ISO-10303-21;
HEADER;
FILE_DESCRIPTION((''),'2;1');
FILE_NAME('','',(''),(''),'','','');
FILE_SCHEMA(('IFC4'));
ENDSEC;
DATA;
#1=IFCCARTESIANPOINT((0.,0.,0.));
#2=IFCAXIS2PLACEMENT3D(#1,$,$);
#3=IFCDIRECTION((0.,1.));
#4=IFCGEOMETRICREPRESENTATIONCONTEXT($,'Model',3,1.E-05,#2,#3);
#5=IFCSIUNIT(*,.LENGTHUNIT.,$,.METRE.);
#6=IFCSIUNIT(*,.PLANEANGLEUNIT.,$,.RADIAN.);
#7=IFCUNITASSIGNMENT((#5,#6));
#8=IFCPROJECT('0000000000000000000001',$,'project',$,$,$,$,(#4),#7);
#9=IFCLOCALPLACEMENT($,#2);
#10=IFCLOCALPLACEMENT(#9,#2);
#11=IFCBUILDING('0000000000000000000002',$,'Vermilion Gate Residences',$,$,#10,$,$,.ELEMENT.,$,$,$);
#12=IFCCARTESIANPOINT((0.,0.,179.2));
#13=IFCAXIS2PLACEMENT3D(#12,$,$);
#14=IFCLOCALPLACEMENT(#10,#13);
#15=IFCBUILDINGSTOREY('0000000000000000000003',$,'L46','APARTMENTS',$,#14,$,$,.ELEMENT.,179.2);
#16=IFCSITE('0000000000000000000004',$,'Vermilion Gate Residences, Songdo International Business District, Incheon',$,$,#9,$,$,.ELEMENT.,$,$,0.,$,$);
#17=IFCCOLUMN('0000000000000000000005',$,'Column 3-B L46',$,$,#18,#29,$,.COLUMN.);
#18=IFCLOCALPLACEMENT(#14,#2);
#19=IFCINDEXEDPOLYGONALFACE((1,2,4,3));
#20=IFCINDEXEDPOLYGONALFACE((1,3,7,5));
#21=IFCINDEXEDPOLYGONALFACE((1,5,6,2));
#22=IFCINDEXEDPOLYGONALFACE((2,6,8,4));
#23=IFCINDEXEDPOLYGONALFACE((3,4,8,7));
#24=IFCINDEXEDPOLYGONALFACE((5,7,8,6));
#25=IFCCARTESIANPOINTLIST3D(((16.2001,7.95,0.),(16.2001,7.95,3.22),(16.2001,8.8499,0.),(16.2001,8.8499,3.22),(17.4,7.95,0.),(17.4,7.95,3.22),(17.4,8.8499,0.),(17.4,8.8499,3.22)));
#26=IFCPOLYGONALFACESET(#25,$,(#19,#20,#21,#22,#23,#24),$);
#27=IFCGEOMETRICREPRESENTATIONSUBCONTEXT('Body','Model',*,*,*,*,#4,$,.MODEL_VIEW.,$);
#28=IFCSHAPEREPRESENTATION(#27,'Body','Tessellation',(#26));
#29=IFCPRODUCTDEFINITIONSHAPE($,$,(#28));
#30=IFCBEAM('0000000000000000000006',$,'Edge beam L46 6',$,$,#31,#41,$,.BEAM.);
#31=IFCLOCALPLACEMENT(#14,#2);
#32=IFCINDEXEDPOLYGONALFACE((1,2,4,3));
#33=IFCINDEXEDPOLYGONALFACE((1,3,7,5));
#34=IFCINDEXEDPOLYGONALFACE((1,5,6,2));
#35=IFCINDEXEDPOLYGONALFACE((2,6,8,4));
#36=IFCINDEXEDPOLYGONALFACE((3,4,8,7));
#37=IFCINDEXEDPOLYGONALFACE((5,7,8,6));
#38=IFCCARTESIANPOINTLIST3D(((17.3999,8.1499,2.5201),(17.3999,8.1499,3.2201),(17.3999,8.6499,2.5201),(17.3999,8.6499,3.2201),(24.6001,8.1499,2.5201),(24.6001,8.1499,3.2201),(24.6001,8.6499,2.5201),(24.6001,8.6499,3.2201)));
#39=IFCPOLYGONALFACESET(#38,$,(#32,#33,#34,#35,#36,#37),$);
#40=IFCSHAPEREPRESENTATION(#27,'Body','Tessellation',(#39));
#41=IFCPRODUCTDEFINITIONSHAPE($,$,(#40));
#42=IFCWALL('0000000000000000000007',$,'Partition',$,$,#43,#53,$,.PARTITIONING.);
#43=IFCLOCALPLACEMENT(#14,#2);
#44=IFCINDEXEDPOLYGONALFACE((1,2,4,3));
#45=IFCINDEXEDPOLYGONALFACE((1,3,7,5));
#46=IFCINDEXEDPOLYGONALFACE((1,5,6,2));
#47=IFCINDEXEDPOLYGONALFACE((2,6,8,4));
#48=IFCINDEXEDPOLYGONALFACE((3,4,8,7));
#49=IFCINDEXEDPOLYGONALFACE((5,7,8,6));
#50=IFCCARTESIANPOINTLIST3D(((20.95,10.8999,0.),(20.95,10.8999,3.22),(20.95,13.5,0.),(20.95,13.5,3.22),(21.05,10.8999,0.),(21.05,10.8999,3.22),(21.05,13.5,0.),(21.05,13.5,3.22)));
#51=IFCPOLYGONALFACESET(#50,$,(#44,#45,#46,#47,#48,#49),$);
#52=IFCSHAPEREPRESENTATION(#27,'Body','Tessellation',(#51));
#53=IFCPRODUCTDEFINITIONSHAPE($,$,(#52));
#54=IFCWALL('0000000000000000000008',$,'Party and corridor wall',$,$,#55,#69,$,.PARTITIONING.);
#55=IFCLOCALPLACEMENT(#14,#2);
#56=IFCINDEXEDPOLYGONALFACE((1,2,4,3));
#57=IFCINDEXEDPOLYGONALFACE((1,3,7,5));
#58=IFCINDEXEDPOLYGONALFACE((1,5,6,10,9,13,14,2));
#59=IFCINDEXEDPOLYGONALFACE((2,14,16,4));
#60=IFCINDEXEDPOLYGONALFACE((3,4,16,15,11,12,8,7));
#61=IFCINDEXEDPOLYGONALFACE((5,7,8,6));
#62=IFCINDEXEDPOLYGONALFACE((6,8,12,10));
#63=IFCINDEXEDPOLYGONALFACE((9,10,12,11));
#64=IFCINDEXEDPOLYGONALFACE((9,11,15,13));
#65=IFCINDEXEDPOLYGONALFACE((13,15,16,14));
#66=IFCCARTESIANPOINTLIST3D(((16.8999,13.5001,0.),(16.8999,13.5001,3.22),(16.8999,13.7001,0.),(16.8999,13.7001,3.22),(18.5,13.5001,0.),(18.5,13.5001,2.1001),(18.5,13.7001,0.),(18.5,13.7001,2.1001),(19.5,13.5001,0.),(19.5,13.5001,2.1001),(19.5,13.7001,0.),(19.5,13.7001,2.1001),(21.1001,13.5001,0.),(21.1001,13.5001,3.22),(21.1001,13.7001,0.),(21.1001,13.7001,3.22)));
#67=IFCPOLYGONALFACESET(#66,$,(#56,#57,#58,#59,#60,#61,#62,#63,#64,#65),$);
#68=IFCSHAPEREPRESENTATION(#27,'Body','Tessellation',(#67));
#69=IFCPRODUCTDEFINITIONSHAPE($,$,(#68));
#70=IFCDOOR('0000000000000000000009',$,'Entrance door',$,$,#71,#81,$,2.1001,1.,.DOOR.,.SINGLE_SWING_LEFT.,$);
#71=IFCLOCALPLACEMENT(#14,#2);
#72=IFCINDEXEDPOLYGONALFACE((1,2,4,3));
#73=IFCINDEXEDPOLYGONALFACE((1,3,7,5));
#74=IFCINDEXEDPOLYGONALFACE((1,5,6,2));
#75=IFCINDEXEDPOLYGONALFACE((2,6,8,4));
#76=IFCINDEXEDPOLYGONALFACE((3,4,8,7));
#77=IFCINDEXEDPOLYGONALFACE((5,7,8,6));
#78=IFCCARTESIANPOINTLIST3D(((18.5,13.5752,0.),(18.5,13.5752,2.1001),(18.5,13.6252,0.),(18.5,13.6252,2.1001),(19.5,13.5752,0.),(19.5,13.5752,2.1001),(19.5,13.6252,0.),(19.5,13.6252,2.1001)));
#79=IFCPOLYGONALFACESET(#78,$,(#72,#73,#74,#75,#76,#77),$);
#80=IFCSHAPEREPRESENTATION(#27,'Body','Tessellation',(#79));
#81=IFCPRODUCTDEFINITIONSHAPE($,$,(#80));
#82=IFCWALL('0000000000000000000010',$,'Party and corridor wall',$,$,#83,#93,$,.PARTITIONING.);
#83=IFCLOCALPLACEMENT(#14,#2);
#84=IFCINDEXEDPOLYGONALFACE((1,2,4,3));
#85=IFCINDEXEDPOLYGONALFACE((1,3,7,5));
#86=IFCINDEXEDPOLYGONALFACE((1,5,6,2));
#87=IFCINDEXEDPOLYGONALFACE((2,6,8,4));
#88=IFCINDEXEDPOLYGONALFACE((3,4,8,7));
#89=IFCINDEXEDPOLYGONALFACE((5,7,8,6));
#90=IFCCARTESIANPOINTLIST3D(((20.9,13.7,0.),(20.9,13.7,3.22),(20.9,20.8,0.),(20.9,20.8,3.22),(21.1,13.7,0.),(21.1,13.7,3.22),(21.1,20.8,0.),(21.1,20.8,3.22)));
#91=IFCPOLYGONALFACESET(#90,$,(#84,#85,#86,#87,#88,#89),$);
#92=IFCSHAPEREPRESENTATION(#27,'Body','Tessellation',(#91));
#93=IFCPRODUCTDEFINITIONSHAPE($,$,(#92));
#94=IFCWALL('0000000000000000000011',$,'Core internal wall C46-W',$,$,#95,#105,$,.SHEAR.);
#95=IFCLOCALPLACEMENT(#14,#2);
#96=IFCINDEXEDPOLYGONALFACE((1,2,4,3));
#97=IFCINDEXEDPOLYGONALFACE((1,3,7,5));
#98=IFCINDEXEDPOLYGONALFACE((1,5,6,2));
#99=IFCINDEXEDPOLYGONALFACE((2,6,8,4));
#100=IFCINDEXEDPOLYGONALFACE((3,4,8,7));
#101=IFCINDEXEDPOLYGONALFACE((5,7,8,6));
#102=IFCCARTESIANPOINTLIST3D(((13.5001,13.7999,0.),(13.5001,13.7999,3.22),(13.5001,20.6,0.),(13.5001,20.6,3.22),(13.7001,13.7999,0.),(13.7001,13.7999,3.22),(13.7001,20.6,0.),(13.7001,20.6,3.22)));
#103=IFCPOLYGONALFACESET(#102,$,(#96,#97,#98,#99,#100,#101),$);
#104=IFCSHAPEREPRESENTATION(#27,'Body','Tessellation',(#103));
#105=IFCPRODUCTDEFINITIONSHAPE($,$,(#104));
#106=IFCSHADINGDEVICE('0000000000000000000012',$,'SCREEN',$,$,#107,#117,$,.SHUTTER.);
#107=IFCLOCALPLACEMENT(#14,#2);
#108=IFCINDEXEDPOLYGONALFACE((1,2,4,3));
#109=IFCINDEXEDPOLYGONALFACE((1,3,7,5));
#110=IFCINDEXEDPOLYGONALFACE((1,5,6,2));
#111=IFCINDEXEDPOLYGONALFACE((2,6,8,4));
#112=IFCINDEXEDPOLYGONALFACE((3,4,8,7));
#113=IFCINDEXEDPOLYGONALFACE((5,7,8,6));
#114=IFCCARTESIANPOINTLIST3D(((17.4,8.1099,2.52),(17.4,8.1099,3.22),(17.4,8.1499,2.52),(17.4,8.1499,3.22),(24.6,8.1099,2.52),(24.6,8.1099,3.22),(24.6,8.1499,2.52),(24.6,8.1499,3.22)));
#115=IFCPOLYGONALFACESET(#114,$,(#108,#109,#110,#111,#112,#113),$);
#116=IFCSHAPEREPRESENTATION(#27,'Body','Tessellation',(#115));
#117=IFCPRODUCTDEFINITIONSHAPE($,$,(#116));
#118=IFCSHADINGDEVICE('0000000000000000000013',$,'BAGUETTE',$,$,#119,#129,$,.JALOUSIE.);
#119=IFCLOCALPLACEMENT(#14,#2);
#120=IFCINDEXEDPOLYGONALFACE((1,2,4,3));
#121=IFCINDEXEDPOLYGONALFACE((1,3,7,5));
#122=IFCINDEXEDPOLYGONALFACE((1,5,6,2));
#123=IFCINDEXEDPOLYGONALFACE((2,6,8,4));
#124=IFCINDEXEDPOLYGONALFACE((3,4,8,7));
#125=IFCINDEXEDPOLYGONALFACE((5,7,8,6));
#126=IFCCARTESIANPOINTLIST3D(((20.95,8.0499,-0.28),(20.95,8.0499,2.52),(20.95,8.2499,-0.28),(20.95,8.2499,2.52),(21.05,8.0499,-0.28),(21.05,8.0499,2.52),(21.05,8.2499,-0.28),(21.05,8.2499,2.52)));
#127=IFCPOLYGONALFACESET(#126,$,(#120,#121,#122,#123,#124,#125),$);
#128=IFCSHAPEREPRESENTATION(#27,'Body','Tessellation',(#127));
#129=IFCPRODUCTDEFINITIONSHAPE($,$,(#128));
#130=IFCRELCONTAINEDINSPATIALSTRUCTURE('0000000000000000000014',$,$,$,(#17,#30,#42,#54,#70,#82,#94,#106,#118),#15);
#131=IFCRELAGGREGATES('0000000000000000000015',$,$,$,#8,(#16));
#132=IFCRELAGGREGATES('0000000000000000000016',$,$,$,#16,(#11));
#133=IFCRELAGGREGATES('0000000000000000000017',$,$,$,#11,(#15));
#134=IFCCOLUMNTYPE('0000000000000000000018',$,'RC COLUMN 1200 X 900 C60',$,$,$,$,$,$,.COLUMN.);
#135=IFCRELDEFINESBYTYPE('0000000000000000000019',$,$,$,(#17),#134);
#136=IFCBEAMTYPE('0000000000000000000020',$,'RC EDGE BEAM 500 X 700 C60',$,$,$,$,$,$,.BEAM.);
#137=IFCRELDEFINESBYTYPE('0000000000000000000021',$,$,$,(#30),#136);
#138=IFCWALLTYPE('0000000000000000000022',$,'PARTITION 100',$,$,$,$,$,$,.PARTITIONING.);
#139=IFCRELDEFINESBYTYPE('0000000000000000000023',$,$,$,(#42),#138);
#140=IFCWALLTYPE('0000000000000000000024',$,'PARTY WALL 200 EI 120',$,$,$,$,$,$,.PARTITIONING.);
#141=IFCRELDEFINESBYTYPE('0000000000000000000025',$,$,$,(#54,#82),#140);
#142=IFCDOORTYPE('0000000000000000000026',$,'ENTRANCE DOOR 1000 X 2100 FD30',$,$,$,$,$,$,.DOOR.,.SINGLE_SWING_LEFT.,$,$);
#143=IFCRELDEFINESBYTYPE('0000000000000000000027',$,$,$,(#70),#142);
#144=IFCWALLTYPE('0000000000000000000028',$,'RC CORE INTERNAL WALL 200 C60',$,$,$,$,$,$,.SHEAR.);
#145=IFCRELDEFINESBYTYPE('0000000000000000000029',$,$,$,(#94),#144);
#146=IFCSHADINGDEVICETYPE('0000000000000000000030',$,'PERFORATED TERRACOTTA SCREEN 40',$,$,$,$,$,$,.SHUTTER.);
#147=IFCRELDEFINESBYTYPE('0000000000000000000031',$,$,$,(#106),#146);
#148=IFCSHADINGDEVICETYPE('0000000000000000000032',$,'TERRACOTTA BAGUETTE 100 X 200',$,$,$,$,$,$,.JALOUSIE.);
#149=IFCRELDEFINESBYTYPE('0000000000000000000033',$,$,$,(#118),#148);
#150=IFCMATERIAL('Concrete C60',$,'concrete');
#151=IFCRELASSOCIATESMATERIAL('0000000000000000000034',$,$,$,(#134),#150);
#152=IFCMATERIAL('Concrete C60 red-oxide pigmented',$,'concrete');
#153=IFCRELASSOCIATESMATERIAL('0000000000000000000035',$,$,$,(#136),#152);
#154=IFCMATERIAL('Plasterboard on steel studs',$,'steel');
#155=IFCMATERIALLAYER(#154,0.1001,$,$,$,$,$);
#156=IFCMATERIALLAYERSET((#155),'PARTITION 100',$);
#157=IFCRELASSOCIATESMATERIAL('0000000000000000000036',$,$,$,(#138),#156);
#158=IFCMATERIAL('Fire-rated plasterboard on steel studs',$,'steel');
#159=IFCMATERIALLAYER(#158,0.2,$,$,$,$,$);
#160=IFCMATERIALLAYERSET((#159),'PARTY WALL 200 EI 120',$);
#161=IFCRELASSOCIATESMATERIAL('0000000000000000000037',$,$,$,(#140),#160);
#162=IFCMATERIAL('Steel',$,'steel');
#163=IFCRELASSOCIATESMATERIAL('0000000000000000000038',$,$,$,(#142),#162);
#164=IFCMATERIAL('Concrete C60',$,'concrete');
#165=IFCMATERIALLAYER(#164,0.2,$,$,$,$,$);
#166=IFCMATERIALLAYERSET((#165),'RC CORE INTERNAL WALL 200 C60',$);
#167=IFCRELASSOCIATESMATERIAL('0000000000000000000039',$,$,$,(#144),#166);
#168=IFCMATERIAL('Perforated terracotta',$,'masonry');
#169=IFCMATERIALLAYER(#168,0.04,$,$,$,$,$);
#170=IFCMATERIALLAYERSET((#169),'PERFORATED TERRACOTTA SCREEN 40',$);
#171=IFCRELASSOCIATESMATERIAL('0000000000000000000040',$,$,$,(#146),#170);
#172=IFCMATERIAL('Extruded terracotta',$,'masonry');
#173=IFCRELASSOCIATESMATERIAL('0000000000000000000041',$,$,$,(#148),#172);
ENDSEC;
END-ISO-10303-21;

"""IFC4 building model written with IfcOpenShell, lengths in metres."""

from ifc_helpers import new_model, si_unit, direction, frame, frame_2d, origin, origin_2d, place, context, subcontext, project, spatial, rectangle, extrude, material, layer, layer_set, material_profile, profile_set, type_object, element, fill, save


model = new_model("IFC4")

# Units and contexts
model_context = context("Model", 3, precision=1e-05, world=origin(), true_north=direction((0.0, 1.0)))
body_context = subcontext(model_context, "Body", "Model", "MODEL_VIEW")
ifc_project = project(units=[si_unit("LENGTHUNIT", "METRE"), si_unit("PLANEANGLEUNIT", "RADIAN")], contexts=[model_context])

# Site, building, storey
site_placement = place(None, origin())
site = spatial("IfcSite", under=ifc_project, at=site_placement, Name="Vermilion Gate Residences, Songdo International Business District, Incheon", CompositionType="ELEMENT", RefElevation=0.0)
building_placement = place(site_placement, origin())
building = spatial("IfcBuilding", under=site, at=building_placement, Name="Vermilion Gate Residences", CompositionType="ELEMENT")
storey_placement = place(building_placement, frame((0.0, 0.0, 179.2)))
storey = spatial("IfcBuildingStorey", under=building, at=storey_placement, Name="L46", Description="APARTMENTS", CompositionType="ELEMENT", Elevation=179.2)

# Column
ifc_material_1 = material(Name="Concrete C60", Category="concrete")
ifc_material_profile_1 = material_profile(ifc_material_1, rectangle(XDim=1.2, YDim=0.8999, at=origin_2d()), Name="RC-1200x900")
ifc_profile_set_1 = profile_set([ifc_material_profile_1], Name="Concrete C60")
column_type = type_object("IfcColumnType", Name="RC COLUMN 1200 X 900 C60", PredefinedType="COLUMN", material=ifc_profile_set_1)
column_placement = place(storey_placement, frame((16.8, 8.3999, 0.0), z_axis=(0.0, 0.0, 1.0), x_axis=(1.0, 0.0, 0.0)))
element("IfcColumn", 1, at=column_placement, inside=storey, type_object=column_type, Name="Column 3-B L46", PredefinedType="COLUMN", context=body_context, shape_type="SweptSolid", body=[
    extrude(rectangle(XDim=1.2, YDim=0.8999, at=origin_2d()), origin(), (0.0, 0.0, 1.0), 3.22),
])

# Beam
ifc_material_2 = material(Name="Concrete C60 red-oxide pigmented", Category="concrete")
ifc_material_profile_2 = material_profile(ifc_material_2, rectangle(XDim=0.5, YDim=0.7, at=origin_2d()), Name="RC-500x700")
ifc_profile_set_2 = profile_set([ifc_material_profile_2], Name="Concrete C60 red-oxide pigmented")
beam_type = type_object("IfcBeamType", Name="RC EDGE BEAM 500 X 700 C60", PredefinedType="BEAM", material=ifc_profile_set_2)
beam_placement = place(storey_placement, frame((17.3999, 8.3999, 2.8701), z_axis=(1.0, 0.0, 0.0), x_axis=(0.0, 1.0, 0.0)))
element("IfcBeam", 2, at=beam_placement, inside=storey, type_object=beam_type, Name="Edge beam L46 6", PredefinedType="BEAM", context=body_context, shape_type="SweptSolid", body=[
    extrude(rectangle(XDim=0.5, YDim=0.7, at=origin_2d()), origin(), (0.0, 0.0, 1.0), 7.2002),
])

# Wall
ifc_material_3 = material(Name="Plasterboard on steel studs", Category="steel")
ifc_layer_1 = layer(ifc_material_3, 0.1001)
ifc_layer_set_1 = layer_set([ifc_layer_1], Name="PARTITION 100")
wall_type_1 = type_object("IfcWallType", Name="PARTITION 100", PredefinedType="PARTITIONING", material=ifc_layer_set_1)
wall_1_placement = place(storey_placement, frame((21.0, 10.8999, 0.0), z_axis=(0.0, 0.0, 1.0), x_axis=(0.0, 1.0, 0.0)))
element("IfcWall", 3, at=wall_1_placement, inside=storey, type_object=wall_type_1, Name="Partition", PredefinedType="PARTITIONING", context=body_context, shape_type="SweptSolid", body=[
    extrude(rectangle(XDim=2.6001, YDim=0.1001, at=frame_2d((1.3, 0.0))), origin(), (0.0, 0.0, 1.0), 3.22),
])

# Wall, opening, door
ifc_material_4 = material(Name="Fire-rated plasterboard on steel studs", Category="steel")
ifc_layer_2 = layer(ifc_material_4, 0.2)
ifc_layer_set_2 = layer_set([ifc_layer_2], Name="PARTY WALL 200 EI 120")
wall_type_2 = type_object("IfcWallType", Name="PARTY WALL 200 EI 120", PredefinedType="PARTITIONING", material=ifc_layer_set_2)
wall_2_placement = place(storey_placement, frame((16.8999, 13.6001, 0.0), z_axis=(0.0, 0.0, 1.0), x_axis=(1.0, 0.0, 0.0)))
wall_2 = element("IfcWall", 4, at=wall_2_placement, inside=storey, type_object=wall_type_2, Name="Party and corridor wall", PredefinedType="PARTITIONING", context=body_context, shape_type="SweptSolid", body=[
    extrude(rectangle(XDim=4.2002, YDim=0.2, at=frame_2d((2.1001, 0.0))), origin(), (0.0, 0.0, 1.0), 3.22),
])
opening_placement = place(wall_2_placement, frame((1.6001, 0.0, 0.0)))
opening = element("IfcOpeningElement", 5, at=opening_placement, cuts=wall_2, PredefinedType="OPENING", context=body_context, shape_type="SweptSolid", body=[
    extrude(rectangle(XDim=1.0, YDim=2.1001, at=frame_2d((0.5, 1.05))), frame((0.0, 0.1099, 0.0), z_axis=(0.0, -1.0, 0.0), x_axis=(1.0, 0.0, 0.0)), (0.0, 0.0, 1.0), 0.22),
])
ifc_material_5 = material(Name="Steel", Category="steel")
door_type = type_object("IfcDoorType", Name="ENTRANCE DOOR 1000 X 2100 FD30", OperationType="SINGLE_SWING_LEFT", PredefinedType="DOOR", material=ifc_material_5)
door_placement = place(opening_placement, frame((1.0, 0.0, 0.0), z_axis=(0.0, 0.0, 1.0), x_axis=(-1.0, 0.0, 0.0)))
door = element("IfcDoor", 6, at=door_placement, inside=storey, type_object=door_type, Name="Entrance door", OperationType="SINGLE_SWING_LEFT", OverallHeight=2.1001, OverallWidth=1.0, PredefinedType="DOOR", context=body_context, shape_type="SweptSolid", body=[
    extrude(rectangle(XDim=1.0, YDim=2.1001, at=frame_2d((0.5, 1.05))), frame((0.0, 0.0249, 0.0), z_axis=(0.0, -1.0, 0.0), x_axis=(1.0, 0.0, 0.0)), (0.0, 0.0, 1.0), 0.05),
])
fill(opening, door)

# Walls
wall_3_placement = place(storey_placement, frame((21.0, 13.7, 0.0), z_axis=(0.0, 0.0, 1.0), x_axis=(0.0, 1.0, 0.0)))
element("IfcWall", 7, at=wall_3_placement, inside=storey, type_object=wall_type_2, Name="Party and corridor wall", PredefinedType="PARTITIONING", context=body_context, shape_type="SweptSolid", body=[
    extrude(rectangle(XDim=7.1001, YDim=0.2, at=frame_2d((3.55, 0.0))), origin(), (0.0, 0.0, 1.0), 3.22),
])
ifc_material_6 = material(Name="Concrete C60", Category="concrete")
ifc_layer_3 = layer(ifc_material_6, 0.2)
ifc_layer_set_3 = layer_set([ifc_layer_3], Name="RC CORE INTERNAL WALL 200 C60")
wall_type_3 = type_object("IfcWallType", Name="RC CORE INTERNAL WALL 200 C60", PredefinedType="SHEAR", material=ifc_layer_set_3)
wall_4_placement = place(storey_placement, frame((13.6001, 13.8, 0.0), z_axis=(0.0, 0.0, 1.0), x_axis=(0.0, 1.0, 0.0)))
element("IfcWall", 8, at=wall_4_placement, inside=storey, type_object=wall_type_3, Name="Core internal wall C46-W", PredefinedType="SHEAR", context=body_context, shape_type="SweptSolid", body=[
    extrude(rectangle(XDim=6.8, YDim=0.2, at=frame_2d((3.3999, 0.0))), origin(), (0.0, 0.0, 1.0), 3.22),
])

# Shading devices
ifc_material_7 = material(Name="Perforated terracotta", Category="masonry")
ifc_layer_4 = layer(ifc_material_7, 0.04)
ifc_layer_set_4 = layer_set([ifc_layer_4], Name="PERFORATED TERRACOTTA SCREEN 40")
shading_device_type_1 = type_object("IfcShadingDeviceType", Name="PERFORATED TERRACOTTA SCREEN 40", PredefinedType="SHUTTER", material=ifc_layer_set_4)
shading_device_1_placement = place(storey_placement, frame((21.0, 8.1299, 2.52), z_axis=(0.0, 0.0, 1.0), x_axis=(1.0, 0.0, 0.0)))
element("IfcShadingDevice", 9, at=shading_device_1_placement, inside=storey, type_object=shading_device_type_1, Name="SCREEN", PredefinedType="SHUTTER", context=body_context, shape_type="SweptSolid", body=[
    extrude(rectangle(XDim=7.2, YDim=0.04, at=origin_2d()), origin(), (0.0, 0.0, 1.0), 0.7),
])
ifc_material_8 = material(Name="Extruded terracotta", Category="masonry")
ifc_material_profile_3 = material_profile(ifc_material_8, rectangle(XDim=0.2, YDim=0.1001, at=origin_2d()), Name="BAGUETTE 100 X 200")
ifc_profile_set_3 = profile_set([ifc_material_profile_3], Name="Extruded terracotta")
shading_device_type_2 = type_object("IfcShadingDeviceType", Name="TERRACOTTA BAGUETTE 100 X 200", PredefinedType="JALOUSIE", material=ifc_profile_set_3)
shading_device_2_placement = place(storey_placement, frame((21.0, 8.1499, -0.28), z_axis=(0.0, 0.0, 1.0), x_axis=(0.0, 1.0, 0.0)))
element("IfcShadingDevice", 10, at=shading_device_2_placement, inside=storey, type_object=shading_device_type_2, Name="BAGUETTE", PredefinedType="JALOUSIE", context=body_context, shape_type="SweptSolid", body=[
    extrude(rectangle(XDim=0.2, YDim=0.1001, at=origin_2d()), origin(), (0.0, 0.0, 1.0), 2.8),
])

save(model, "model.ifc")
